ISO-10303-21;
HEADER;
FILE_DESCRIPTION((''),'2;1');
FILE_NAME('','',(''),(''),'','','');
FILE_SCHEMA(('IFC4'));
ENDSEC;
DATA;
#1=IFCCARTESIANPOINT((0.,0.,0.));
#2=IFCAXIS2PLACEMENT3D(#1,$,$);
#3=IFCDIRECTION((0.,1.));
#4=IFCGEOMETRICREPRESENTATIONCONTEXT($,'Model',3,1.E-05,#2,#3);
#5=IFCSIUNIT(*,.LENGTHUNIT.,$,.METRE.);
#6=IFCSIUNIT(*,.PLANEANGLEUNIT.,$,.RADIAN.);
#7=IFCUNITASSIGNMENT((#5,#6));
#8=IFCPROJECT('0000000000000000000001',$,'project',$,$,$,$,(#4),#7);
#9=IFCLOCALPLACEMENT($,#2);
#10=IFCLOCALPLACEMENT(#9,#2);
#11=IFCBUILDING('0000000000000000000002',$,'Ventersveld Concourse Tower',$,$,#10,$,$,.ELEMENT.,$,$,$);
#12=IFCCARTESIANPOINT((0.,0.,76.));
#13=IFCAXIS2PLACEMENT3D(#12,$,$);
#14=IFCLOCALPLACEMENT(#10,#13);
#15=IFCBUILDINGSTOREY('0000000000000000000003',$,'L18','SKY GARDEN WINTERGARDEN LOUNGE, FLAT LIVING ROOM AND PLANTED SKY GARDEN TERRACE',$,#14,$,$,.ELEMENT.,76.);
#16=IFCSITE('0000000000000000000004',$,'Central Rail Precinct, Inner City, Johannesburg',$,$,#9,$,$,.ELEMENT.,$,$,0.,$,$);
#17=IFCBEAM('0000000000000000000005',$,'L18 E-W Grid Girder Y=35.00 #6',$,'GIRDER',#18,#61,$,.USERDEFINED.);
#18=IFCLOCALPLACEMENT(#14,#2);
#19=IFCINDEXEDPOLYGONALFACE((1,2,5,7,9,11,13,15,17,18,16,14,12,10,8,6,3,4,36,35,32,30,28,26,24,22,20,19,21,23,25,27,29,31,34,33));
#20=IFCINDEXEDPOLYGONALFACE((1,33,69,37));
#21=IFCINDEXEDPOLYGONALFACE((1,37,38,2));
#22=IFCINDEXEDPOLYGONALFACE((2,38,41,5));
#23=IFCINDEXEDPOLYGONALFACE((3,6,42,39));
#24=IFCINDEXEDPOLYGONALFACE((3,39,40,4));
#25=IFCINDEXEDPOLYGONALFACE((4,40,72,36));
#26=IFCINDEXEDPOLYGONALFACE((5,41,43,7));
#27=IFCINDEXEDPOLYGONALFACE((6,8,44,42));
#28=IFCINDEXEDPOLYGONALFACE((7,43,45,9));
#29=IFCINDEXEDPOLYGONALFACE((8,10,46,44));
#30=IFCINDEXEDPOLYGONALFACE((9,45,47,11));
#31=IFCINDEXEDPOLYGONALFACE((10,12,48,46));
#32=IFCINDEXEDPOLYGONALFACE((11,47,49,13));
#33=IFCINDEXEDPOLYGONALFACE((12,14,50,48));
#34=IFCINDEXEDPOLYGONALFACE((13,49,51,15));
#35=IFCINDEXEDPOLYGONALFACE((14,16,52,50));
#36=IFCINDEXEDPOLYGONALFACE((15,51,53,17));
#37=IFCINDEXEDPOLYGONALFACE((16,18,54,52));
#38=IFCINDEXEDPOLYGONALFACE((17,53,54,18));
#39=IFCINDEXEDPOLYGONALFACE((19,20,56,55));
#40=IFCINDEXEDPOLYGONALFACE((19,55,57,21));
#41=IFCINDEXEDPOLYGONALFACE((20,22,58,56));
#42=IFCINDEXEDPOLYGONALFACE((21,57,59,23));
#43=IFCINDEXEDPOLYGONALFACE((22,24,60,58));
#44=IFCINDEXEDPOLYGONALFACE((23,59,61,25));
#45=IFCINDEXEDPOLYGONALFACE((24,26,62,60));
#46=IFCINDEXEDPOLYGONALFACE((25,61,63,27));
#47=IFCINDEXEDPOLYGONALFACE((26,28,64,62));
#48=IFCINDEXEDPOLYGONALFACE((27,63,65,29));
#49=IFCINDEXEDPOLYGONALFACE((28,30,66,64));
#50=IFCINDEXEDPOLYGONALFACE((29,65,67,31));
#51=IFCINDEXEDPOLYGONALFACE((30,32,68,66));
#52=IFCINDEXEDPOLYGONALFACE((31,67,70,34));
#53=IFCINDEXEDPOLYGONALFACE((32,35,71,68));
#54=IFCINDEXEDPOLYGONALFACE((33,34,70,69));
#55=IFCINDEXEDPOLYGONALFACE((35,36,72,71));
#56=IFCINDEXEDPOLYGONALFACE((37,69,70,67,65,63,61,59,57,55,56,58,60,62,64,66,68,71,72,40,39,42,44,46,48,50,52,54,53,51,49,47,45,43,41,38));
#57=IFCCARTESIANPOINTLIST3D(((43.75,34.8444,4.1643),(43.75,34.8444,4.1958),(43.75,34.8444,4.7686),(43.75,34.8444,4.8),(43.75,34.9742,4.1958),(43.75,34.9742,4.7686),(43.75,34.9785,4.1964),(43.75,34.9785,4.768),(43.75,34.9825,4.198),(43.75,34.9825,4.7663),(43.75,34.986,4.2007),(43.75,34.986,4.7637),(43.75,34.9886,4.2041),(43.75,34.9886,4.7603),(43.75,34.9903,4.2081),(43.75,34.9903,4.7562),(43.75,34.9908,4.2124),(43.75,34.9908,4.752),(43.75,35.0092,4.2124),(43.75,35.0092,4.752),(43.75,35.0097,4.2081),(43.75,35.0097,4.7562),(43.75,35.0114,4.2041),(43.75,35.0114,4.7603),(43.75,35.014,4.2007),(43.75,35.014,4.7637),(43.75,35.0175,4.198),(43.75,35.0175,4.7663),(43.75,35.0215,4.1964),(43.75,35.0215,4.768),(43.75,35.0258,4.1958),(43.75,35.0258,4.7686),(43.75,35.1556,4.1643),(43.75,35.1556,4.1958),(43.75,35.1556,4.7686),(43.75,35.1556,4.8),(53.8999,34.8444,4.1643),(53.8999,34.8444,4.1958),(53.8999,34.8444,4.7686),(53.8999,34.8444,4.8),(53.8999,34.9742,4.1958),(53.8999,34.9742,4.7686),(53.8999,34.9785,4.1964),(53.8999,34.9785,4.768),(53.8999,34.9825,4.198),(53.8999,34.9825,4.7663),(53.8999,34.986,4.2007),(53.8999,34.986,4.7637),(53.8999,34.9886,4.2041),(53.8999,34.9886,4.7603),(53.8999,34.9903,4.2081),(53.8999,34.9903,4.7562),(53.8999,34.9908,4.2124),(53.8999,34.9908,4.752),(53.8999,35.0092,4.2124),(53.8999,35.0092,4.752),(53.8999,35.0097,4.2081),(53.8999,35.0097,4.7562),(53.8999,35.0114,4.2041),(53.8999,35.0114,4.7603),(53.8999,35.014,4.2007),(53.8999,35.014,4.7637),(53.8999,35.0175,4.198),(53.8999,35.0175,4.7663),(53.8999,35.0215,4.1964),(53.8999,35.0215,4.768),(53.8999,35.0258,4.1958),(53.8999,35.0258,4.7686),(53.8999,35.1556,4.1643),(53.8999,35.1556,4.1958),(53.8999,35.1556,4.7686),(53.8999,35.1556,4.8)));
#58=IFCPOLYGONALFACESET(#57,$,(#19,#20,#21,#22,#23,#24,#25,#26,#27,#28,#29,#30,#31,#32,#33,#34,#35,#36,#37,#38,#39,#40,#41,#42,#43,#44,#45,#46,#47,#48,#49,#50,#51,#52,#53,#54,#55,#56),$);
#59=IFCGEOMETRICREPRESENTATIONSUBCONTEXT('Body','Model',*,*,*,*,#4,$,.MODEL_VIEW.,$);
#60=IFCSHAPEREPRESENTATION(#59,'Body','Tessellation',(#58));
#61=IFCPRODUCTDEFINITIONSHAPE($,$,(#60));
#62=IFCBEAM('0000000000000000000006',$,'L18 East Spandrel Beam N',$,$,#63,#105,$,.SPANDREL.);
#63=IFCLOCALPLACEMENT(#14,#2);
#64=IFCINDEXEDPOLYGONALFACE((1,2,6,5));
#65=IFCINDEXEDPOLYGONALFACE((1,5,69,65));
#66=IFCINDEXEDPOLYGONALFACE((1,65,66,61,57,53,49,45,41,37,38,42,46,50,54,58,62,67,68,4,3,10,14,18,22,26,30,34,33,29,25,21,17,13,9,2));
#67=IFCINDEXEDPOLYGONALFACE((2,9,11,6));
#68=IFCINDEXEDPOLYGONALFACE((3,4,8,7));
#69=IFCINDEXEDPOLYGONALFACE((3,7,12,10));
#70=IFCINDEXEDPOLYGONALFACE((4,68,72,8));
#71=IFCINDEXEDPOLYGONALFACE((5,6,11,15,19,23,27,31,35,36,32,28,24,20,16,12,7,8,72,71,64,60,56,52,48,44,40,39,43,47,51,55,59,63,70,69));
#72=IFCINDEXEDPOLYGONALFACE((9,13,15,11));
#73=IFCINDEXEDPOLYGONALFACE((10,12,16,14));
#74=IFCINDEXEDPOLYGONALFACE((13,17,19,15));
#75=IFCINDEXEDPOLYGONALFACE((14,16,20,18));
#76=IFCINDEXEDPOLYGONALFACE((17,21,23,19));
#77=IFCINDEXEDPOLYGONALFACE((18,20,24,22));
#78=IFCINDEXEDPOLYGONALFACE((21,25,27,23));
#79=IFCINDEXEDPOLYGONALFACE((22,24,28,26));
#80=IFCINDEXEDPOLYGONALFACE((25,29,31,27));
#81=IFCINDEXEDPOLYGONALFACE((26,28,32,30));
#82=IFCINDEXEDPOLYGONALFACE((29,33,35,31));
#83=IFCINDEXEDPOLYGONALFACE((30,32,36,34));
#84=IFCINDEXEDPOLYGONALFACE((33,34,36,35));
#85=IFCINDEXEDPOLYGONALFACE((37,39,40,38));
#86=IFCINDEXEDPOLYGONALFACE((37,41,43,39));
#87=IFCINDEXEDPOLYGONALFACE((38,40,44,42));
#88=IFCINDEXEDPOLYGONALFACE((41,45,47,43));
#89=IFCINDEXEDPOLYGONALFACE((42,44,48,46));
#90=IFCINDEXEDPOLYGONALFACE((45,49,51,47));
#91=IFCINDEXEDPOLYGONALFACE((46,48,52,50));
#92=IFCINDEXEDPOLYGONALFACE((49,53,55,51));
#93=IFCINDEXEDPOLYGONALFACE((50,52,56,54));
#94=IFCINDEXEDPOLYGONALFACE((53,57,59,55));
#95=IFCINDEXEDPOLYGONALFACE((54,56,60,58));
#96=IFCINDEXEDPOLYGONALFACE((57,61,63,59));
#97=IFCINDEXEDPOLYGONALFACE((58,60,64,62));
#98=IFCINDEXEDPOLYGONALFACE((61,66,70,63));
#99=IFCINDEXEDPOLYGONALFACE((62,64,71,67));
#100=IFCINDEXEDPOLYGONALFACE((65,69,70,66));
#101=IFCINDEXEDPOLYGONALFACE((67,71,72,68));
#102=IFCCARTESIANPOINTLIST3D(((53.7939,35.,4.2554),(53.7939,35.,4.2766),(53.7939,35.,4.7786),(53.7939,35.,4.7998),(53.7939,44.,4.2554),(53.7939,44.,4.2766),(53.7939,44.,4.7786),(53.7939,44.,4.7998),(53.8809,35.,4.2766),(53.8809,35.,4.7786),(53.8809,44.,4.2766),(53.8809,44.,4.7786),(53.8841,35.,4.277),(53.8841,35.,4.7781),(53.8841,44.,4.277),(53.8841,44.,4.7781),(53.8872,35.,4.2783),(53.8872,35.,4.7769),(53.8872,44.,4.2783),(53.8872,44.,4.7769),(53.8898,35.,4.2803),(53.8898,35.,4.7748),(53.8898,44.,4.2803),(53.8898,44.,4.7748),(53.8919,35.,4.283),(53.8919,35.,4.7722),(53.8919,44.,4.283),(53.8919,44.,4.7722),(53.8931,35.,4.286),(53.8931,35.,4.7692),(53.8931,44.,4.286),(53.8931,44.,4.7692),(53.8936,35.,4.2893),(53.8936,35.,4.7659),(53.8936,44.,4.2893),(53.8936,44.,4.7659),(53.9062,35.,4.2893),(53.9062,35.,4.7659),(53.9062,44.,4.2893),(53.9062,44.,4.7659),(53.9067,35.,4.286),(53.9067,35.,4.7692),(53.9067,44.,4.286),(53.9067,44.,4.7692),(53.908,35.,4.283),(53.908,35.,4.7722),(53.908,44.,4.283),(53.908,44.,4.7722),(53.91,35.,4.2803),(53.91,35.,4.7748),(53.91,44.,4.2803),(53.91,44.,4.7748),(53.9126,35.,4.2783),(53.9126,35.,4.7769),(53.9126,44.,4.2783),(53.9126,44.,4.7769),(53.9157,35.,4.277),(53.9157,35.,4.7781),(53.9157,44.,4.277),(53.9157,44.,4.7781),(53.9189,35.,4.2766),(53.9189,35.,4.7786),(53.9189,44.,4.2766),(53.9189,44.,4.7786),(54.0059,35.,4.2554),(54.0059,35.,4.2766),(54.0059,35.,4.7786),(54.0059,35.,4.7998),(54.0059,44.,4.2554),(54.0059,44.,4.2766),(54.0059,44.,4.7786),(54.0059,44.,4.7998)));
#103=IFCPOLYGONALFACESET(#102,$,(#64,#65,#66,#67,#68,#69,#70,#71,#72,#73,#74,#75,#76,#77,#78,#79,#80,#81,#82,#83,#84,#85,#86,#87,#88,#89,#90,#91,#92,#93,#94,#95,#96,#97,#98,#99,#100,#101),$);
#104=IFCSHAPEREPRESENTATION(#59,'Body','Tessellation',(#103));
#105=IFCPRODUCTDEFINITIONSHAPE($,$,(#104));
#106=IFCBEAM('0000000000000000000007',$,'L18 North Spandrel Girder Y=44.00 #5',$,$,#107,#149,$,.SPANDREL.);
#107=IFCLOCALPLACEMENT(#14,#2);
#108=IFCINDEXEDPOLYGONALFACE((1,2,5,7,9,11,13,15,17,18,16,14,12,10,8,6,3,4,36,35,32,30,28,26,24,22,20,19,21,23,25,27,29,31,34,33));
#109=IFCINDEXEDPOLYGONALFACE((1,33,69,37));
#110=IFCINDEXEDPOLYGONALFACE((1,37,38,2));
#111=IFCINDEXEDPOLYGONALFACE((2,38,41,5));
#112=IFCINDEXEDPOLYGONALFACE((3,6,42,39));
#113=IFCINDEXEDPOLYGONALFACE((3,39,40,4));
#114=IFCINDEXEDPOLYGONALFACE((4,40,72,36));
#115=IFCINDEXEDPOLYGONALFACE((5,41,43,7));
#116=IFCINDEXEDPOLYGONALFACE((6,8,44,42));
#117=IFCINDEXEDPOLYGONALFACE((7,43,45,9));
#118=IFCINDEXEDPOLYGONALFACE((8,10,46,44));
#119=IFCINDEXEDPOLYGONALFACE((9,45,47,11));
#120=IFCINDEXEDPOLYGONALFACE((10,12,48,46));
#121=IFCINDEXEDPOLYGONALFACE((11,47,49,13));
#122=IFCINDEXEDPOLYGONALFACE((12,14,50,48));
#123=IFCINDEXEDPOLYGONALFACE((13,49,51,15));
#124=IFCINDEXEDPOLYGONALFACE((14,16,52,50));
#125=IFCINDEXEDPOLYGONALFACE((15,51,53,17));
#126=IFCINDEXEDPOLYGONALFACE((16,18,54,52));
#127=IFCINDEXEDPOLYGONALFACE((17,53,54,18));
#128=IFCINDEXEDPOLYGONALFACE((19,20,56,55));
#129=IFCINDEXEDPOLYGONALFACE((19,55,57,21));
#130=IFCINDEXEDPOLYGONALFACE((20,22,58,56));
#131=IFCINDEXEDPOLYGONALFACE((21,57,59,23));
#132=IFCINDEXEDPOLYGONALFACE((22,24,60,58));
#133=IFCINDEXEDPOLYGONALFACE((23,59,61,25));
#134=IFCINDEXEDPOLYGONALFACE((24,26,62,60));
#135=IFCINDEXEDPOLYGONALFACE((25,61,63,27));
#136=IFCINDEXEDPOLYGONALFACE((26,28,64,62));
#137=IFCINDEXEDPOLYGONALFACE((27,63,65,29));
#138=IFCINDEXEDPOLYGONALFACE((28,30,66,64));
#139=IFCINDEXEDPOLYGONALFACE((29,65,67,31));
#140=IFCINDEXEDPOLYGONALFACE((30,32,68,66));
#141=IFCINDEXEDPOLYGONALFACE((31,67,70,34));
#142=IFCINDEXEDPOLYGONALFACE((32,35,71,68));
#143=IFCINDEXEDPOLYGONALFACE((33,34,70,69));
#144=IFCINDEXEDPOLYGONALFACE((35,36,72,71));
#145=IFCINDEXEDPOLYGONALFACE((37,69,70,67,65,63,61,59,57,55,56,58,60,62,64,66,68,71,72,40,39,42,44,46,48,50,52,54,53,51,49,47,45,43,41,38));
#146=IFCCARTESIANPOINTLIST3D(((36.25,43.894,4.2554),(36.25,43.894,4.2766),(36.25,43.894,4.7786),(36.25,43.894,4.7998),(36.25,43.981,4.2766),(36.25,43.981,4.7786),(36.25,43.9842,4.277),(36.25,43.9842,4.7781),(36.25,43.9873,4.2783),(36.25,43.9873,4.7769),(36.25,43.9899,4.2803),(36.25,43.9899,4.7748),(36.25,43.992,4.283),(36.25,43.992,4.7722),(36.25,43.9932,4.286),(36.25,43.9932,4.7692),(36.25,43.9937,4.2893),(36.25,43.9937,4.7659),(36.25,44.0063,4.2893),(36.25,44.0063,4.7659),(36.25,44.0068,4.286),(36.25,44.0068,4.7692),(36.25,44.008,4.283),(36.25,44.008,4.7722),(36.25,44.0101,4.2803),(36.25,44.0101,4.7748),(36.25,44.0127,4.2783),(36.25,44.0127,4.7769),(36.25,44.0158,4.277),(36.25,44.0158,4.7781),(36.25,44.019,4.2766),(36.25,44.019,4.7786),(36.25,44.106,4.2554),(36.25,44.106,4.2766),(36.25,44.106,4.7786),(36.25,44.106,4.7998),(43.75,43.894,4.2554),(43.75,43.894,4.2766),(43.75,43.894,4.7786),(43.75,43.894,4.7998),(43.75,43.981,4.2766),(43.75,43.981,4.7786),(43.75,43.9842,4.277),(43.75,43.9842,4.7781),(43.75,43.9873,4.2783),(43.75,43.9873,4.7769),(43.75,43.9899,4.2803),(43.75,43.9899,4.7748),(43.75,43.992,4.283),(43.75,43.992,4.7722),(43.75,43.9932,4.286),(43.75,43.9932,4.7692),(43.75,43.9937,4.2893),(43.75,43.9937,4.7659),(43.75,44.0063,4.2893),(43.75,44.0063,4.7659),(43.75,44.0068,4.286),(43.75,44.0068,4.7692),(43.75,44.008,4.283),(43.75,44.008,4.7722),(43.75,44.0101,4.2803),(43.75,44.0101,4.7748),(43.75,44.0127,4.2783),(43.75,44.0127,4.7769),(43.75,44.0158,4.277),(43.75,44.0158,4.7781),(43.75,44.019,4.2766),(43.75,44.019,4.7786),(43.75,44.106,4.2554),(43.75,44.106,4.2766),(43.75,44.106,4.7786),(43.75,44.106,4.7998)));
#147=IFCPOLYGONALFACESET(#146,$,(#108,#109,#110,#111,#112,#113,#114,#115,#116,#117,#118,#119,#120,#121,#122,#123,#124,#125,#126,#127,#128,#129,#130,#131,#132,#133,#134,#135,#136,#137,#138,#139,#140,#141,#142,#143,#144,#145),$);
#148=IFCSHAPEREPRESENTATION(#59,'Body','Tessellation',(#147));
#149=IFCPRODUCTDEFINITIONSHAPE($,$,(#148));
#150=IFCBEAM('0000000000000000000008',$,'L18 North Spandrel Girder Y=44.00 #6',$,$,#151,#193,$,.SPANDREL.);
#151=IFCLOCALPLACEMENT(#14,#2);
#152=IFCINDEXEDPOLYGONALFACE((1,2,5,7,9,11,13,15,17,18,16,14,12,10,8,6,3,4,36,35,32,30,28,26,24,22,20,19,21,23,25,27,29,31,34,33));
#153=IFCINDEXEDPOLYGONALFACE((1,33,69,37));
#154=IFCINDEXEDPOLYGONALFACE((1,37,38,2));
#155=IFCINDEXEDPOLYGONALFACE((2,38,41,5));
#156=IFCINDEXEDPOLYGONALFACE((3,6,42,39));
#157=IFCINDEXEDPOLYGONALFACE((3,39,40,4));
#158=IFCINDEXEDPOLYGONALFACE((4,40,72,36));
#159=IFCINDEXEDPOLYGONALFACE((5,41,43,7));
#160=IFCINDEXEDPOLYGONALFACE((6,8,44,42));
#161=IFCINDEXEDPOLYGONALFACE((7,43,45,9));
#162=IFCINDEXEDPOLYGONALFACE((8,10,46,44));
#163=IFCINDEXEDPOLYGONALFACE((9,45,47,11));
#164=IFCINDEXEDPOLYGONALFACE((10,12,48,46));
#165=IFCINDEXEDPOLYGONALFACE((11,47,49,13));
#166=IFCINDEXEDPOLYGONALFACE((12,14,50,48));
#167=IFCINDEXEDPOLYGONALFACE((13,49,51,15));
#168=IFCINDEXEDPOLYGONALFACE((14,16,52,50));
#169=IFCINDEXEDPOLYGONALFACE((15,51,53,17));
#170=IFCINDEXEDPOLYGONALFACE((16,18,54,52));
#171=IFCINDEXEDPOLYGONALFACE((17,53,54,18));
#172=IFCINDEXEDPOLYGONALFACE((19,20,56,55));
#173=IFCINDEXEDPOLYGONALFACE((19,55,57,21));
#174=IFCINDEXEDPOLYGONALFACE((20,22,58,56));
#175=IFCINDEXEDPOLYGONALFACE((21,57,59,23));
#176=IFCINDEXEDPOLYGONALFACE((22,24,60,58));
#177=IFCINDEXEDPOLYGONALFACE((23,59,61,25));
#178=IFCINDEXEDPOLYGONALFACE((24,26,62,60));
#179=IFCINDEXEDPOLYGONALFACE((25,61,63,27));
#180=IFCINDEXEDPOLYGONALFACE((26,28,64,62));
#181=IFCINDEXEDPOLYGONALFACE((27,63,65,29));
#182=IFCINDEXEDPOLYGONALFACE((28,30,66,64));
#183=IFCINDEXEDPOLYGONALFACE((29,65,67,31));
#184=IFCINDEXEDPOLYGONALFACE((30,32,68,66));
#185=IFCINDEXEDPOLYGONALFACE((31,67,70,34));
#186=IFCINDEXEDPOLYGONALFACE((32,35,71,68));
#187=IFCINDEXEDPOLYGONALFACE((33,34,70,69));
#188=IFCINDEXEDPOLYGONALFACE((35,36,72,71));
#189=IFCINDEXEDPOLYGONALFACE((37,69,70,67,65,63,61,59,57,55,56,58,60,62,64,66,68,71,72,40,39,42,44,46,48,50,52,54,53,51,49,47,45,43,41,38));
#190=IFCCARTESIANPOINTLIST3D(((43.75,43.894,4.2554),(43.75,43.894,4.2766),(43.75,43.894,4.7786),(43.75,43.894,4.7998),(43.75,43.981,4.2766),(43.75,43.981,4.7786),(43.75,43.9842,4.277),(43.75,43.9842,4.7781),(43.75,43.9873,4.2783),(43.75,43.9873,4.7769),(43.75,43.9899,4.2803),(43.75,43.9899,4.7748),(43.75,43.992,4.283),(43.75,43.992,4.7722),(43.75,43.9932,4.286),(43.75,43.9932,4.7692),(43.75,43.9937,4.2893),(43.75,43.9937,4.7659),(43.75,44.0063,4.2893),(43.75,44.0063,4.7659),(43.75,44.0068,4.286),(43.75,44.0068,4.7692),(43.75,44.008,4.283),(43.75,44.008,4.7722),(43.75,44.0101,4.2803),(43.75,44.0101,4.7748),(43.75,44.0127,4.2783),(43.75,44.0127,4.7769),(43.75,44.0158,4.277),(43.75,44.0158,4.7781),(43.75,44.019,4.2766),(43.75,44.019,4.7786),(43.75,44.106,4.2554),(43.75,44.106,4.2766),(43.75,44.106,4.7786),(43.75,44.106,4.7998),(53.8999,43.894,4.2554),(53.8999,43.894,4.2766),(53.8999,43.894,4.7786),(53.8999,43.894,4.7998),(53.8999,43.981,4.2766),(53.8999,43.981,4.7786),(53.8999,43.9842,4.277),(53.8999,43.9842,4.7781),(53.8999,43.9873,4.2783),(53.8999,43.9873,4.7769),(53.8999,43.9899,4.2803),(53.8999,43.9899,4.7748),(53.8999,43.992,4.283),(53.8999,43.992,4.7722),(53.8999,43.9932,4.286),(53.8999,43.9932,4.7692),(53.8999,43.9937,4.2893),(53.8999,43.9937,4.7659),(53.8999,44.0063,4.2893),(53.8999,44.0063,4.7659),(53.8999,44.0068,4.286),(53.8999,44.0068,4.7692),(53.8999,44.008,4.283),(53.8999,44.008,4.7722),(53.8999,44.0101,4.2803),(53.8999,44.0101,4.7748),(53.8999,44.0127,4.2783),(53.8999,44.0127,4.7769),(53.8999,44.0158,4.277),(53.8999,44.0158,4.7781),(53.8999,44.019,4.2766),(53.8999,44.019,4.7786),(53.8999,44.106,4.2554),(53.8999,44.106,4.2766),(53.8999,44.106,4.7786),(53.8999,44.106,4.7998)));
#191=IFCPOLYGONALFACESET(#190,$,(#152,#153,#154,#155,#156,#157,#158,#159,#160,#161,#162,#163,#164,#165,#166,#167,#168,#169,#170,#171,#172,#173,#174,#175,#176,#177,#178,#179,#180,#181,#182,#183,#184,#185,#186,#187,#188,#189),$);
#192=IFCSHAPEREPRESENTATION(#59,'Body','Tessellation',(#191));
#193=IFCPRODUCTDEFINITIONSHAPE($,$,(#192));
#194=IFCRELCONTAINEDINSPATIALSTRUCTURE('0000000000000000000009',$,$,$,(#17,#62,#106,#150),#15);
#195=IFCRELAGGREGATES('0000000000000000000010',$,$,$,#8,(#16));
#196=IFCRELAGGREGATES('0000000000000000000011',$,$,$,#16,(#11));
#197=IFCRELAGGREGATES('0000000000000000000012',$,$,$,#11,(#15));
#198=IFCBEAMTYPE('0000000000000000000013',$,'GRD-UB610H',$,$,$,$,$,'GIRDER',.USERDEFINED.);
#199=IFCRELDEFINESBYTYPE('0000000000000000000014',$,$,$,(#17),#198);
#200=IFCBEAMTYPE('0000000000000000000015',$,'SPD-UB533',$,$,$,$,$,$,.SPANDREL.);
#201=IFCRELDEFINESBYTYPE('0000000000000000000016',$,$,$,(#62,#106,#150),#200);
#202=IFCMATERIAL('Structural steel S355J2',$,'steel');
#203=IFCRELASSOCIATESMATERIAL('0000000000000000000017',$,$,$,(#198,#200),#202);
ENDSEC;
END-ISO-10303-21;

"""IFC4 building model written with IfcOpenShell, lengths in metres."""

from ifc_helpers import new_model, si_unit, direction, frame, origin, origin_2d, place, context, subcontext, project, spatial, i_section, extrude, material, material_profile, profile_set, type_object, element, save


model = new_model("IFC4")

# Units and contexts
model_context = context("Model", 3, precision=1e-05, world=origin(), true_north=direction((0.0, 1.0)))
body_context = subcontext(model_context, "Body", "Model", "MODEL_VIEW")
ifc_project = project(units=[si_unit("LENGTHUNIT", "METRE"), si_unit("PLANEANGLEUNIT", "RADIAN")], contexts=[model_context])

# Site, building, storey
site_placement = place(None, origin())
site = spatial("IfcSite", under=ifc_project, at=site_placement, Name="Central Rail Precinct, Inner City, Johannesburg", CompositionType="ELEMENT", RefElevation=0.0)
building_placement = place(site_placement, origin())
building = spatial("IfcBuilding", under=site, at=building_placement, Name="Ventersveld Concourse Tower", CompositionType="ELEMENT")
storey_placement = place(building_placement, frame((0.0, 0.0, 76.0)))
storey = spatial("IfcBuildingStorey", under=building, at=storey_placement, Name="L18", Description="SKY GARDEN WINTERGARDEN LOUNGE, FLAT LIVING ROOM AND PLANTED SKY GARDEN TERRACE", CompositionType="ELEMENT", Elevation=76.0)

# Beams
ifc_material_1 = material(Name="Structural steel S355J2", Category="steel")
ifc_material_profile_1 = material_profile(ifc_material_1, i_section(OverallWidth=0.3113, OverallDepth=0.6357, WebThickness=0.0183, FlangeThickness=0.0315, FilletRadius=0.0166, at=origin_2d()), Name="UB 610x305x238")
ifc_profile_set_1 = profile_set([ifc_material_profile_1], Name="Structural steel S355J2")
beam_type_1 = type_object("IfcBeamType", Name="GRD-UB610H", ElementType="GIRDER", PredefinedType="USERDEFINED", material=ifc_profile_set_1)
beam_1_placement = place(storey_placement, frame((43.75, 35.0, 4.4822), z_axis=(1.0, 0.0, 0.0), x_axis=(0.0, 1.0, 0.0)))
element("IfcBeam", 1, at=beam_1_placement, inside=storey, type_object=beam_type_1, Name="L18 E-W Grid Girder Y=35.00 #6", ObjectType="GIRDER", PredefinedType="USERDEFINED", context=body_context, shape_type="SweptSolid", body=[
    extrude(i_section(OverallWidth=0.3113, OverallDepth=0.6357, WebThickness=0.0183, FlangeThickness=0.0315, FilletRadius=0.0166, at=origin_2d()), origin(), (0.0, 0.0, 1.0), 10.1499),
])
ifc_material_profile_2 = material_profile(ifc_material_1, i_section(OverallWidth=0.2119, OverallDepth=0.5444, WebThickness=0.0127, FlangeThickness=0.0212, FilletRadius=0.0127, at=origin_2d()), Name="UB 533x210x122")
ifc_profile_set_2 = profile_set([ifc_material_profile_2], Name="Structural steel S355J2")
beam_type_2 = type_object("IfcBeamType", Name="SPD-UB533", PredefinedType="SPANDREL", material=ifc_profile_set_2)
beam_2_placement = place(storey_placement, frame((53.8999, 35.0, 4.5276), z_axis=(0.0, 1.0, 0.0), x_axis=(-1.0, 0.0, 0.0)))
element("IfcBeam", 2, at=beam_2_placement, inside=storey, type_object=beam_type_2, Name="L18 East Spandrel Beam N", PredefinedType="SPANDREL", context=body_context, shape_type="SweptSolid", body=[
    extrude(i_section(OverallWidth=0.2119, OverallDepth=0.5444, WebThickness=0.0127, FlangeThickness=0.0212, FilletRadius=0.0127, at=origin_2d()), origin(), (0.0, 0.0, 1.0), 9.0),
])
beam_3_placement = place(storey_placement, frame((36.25, 44.0, 4.5276), z_axis=(1.0, 0.0, 0.0), x_axis=(0.0, 1.0, 0.0)))
element("IfcBeam", 3, at=beam_3_placement, inside=storey, type_object=beam_type_2, Name="L18 North Spandrel Girder Y=44.00 #5", PredefinedType="SPANDREL", context=body_context, shape_type="SweptSolid", body=[
    extrude(i_section(OverallWidth=0.2119, OverallDepth=0.5444, WebThickness=0.0127, FlangeThickness=0.0212, FilletRadius=0.0127, at=origin_2d()), origin(), (0.0, 0.0, 1.0), 7.5),
])
beam_4_placement = place(storey_placement, frame((43.75, 44.0, 4.5276), z_axis=(1.0, 0.0, 0.0), x_axis=(0.0, 1.0, 0.0)))
element("IfcBeam", 4, at=beam_4_placement, inside=storey, type_object=beam_type_2, Name="L18 North Spandrel Girder Y=44.00 #6", PredefinedType="SPANDREL", context=body_context, shape_type="SweptSolid", body=[
    extrude(i_section(OverallWidth=0.2119, OverallDepth=0.5444, WebThickness=0.0127, FlangeThickness=0.0212, FilletRadius=0.0127, at=origin_2d()), origin(), (0.0, 0.0, 1.0), 10.1499),
])

save(model, "model.ifc")
